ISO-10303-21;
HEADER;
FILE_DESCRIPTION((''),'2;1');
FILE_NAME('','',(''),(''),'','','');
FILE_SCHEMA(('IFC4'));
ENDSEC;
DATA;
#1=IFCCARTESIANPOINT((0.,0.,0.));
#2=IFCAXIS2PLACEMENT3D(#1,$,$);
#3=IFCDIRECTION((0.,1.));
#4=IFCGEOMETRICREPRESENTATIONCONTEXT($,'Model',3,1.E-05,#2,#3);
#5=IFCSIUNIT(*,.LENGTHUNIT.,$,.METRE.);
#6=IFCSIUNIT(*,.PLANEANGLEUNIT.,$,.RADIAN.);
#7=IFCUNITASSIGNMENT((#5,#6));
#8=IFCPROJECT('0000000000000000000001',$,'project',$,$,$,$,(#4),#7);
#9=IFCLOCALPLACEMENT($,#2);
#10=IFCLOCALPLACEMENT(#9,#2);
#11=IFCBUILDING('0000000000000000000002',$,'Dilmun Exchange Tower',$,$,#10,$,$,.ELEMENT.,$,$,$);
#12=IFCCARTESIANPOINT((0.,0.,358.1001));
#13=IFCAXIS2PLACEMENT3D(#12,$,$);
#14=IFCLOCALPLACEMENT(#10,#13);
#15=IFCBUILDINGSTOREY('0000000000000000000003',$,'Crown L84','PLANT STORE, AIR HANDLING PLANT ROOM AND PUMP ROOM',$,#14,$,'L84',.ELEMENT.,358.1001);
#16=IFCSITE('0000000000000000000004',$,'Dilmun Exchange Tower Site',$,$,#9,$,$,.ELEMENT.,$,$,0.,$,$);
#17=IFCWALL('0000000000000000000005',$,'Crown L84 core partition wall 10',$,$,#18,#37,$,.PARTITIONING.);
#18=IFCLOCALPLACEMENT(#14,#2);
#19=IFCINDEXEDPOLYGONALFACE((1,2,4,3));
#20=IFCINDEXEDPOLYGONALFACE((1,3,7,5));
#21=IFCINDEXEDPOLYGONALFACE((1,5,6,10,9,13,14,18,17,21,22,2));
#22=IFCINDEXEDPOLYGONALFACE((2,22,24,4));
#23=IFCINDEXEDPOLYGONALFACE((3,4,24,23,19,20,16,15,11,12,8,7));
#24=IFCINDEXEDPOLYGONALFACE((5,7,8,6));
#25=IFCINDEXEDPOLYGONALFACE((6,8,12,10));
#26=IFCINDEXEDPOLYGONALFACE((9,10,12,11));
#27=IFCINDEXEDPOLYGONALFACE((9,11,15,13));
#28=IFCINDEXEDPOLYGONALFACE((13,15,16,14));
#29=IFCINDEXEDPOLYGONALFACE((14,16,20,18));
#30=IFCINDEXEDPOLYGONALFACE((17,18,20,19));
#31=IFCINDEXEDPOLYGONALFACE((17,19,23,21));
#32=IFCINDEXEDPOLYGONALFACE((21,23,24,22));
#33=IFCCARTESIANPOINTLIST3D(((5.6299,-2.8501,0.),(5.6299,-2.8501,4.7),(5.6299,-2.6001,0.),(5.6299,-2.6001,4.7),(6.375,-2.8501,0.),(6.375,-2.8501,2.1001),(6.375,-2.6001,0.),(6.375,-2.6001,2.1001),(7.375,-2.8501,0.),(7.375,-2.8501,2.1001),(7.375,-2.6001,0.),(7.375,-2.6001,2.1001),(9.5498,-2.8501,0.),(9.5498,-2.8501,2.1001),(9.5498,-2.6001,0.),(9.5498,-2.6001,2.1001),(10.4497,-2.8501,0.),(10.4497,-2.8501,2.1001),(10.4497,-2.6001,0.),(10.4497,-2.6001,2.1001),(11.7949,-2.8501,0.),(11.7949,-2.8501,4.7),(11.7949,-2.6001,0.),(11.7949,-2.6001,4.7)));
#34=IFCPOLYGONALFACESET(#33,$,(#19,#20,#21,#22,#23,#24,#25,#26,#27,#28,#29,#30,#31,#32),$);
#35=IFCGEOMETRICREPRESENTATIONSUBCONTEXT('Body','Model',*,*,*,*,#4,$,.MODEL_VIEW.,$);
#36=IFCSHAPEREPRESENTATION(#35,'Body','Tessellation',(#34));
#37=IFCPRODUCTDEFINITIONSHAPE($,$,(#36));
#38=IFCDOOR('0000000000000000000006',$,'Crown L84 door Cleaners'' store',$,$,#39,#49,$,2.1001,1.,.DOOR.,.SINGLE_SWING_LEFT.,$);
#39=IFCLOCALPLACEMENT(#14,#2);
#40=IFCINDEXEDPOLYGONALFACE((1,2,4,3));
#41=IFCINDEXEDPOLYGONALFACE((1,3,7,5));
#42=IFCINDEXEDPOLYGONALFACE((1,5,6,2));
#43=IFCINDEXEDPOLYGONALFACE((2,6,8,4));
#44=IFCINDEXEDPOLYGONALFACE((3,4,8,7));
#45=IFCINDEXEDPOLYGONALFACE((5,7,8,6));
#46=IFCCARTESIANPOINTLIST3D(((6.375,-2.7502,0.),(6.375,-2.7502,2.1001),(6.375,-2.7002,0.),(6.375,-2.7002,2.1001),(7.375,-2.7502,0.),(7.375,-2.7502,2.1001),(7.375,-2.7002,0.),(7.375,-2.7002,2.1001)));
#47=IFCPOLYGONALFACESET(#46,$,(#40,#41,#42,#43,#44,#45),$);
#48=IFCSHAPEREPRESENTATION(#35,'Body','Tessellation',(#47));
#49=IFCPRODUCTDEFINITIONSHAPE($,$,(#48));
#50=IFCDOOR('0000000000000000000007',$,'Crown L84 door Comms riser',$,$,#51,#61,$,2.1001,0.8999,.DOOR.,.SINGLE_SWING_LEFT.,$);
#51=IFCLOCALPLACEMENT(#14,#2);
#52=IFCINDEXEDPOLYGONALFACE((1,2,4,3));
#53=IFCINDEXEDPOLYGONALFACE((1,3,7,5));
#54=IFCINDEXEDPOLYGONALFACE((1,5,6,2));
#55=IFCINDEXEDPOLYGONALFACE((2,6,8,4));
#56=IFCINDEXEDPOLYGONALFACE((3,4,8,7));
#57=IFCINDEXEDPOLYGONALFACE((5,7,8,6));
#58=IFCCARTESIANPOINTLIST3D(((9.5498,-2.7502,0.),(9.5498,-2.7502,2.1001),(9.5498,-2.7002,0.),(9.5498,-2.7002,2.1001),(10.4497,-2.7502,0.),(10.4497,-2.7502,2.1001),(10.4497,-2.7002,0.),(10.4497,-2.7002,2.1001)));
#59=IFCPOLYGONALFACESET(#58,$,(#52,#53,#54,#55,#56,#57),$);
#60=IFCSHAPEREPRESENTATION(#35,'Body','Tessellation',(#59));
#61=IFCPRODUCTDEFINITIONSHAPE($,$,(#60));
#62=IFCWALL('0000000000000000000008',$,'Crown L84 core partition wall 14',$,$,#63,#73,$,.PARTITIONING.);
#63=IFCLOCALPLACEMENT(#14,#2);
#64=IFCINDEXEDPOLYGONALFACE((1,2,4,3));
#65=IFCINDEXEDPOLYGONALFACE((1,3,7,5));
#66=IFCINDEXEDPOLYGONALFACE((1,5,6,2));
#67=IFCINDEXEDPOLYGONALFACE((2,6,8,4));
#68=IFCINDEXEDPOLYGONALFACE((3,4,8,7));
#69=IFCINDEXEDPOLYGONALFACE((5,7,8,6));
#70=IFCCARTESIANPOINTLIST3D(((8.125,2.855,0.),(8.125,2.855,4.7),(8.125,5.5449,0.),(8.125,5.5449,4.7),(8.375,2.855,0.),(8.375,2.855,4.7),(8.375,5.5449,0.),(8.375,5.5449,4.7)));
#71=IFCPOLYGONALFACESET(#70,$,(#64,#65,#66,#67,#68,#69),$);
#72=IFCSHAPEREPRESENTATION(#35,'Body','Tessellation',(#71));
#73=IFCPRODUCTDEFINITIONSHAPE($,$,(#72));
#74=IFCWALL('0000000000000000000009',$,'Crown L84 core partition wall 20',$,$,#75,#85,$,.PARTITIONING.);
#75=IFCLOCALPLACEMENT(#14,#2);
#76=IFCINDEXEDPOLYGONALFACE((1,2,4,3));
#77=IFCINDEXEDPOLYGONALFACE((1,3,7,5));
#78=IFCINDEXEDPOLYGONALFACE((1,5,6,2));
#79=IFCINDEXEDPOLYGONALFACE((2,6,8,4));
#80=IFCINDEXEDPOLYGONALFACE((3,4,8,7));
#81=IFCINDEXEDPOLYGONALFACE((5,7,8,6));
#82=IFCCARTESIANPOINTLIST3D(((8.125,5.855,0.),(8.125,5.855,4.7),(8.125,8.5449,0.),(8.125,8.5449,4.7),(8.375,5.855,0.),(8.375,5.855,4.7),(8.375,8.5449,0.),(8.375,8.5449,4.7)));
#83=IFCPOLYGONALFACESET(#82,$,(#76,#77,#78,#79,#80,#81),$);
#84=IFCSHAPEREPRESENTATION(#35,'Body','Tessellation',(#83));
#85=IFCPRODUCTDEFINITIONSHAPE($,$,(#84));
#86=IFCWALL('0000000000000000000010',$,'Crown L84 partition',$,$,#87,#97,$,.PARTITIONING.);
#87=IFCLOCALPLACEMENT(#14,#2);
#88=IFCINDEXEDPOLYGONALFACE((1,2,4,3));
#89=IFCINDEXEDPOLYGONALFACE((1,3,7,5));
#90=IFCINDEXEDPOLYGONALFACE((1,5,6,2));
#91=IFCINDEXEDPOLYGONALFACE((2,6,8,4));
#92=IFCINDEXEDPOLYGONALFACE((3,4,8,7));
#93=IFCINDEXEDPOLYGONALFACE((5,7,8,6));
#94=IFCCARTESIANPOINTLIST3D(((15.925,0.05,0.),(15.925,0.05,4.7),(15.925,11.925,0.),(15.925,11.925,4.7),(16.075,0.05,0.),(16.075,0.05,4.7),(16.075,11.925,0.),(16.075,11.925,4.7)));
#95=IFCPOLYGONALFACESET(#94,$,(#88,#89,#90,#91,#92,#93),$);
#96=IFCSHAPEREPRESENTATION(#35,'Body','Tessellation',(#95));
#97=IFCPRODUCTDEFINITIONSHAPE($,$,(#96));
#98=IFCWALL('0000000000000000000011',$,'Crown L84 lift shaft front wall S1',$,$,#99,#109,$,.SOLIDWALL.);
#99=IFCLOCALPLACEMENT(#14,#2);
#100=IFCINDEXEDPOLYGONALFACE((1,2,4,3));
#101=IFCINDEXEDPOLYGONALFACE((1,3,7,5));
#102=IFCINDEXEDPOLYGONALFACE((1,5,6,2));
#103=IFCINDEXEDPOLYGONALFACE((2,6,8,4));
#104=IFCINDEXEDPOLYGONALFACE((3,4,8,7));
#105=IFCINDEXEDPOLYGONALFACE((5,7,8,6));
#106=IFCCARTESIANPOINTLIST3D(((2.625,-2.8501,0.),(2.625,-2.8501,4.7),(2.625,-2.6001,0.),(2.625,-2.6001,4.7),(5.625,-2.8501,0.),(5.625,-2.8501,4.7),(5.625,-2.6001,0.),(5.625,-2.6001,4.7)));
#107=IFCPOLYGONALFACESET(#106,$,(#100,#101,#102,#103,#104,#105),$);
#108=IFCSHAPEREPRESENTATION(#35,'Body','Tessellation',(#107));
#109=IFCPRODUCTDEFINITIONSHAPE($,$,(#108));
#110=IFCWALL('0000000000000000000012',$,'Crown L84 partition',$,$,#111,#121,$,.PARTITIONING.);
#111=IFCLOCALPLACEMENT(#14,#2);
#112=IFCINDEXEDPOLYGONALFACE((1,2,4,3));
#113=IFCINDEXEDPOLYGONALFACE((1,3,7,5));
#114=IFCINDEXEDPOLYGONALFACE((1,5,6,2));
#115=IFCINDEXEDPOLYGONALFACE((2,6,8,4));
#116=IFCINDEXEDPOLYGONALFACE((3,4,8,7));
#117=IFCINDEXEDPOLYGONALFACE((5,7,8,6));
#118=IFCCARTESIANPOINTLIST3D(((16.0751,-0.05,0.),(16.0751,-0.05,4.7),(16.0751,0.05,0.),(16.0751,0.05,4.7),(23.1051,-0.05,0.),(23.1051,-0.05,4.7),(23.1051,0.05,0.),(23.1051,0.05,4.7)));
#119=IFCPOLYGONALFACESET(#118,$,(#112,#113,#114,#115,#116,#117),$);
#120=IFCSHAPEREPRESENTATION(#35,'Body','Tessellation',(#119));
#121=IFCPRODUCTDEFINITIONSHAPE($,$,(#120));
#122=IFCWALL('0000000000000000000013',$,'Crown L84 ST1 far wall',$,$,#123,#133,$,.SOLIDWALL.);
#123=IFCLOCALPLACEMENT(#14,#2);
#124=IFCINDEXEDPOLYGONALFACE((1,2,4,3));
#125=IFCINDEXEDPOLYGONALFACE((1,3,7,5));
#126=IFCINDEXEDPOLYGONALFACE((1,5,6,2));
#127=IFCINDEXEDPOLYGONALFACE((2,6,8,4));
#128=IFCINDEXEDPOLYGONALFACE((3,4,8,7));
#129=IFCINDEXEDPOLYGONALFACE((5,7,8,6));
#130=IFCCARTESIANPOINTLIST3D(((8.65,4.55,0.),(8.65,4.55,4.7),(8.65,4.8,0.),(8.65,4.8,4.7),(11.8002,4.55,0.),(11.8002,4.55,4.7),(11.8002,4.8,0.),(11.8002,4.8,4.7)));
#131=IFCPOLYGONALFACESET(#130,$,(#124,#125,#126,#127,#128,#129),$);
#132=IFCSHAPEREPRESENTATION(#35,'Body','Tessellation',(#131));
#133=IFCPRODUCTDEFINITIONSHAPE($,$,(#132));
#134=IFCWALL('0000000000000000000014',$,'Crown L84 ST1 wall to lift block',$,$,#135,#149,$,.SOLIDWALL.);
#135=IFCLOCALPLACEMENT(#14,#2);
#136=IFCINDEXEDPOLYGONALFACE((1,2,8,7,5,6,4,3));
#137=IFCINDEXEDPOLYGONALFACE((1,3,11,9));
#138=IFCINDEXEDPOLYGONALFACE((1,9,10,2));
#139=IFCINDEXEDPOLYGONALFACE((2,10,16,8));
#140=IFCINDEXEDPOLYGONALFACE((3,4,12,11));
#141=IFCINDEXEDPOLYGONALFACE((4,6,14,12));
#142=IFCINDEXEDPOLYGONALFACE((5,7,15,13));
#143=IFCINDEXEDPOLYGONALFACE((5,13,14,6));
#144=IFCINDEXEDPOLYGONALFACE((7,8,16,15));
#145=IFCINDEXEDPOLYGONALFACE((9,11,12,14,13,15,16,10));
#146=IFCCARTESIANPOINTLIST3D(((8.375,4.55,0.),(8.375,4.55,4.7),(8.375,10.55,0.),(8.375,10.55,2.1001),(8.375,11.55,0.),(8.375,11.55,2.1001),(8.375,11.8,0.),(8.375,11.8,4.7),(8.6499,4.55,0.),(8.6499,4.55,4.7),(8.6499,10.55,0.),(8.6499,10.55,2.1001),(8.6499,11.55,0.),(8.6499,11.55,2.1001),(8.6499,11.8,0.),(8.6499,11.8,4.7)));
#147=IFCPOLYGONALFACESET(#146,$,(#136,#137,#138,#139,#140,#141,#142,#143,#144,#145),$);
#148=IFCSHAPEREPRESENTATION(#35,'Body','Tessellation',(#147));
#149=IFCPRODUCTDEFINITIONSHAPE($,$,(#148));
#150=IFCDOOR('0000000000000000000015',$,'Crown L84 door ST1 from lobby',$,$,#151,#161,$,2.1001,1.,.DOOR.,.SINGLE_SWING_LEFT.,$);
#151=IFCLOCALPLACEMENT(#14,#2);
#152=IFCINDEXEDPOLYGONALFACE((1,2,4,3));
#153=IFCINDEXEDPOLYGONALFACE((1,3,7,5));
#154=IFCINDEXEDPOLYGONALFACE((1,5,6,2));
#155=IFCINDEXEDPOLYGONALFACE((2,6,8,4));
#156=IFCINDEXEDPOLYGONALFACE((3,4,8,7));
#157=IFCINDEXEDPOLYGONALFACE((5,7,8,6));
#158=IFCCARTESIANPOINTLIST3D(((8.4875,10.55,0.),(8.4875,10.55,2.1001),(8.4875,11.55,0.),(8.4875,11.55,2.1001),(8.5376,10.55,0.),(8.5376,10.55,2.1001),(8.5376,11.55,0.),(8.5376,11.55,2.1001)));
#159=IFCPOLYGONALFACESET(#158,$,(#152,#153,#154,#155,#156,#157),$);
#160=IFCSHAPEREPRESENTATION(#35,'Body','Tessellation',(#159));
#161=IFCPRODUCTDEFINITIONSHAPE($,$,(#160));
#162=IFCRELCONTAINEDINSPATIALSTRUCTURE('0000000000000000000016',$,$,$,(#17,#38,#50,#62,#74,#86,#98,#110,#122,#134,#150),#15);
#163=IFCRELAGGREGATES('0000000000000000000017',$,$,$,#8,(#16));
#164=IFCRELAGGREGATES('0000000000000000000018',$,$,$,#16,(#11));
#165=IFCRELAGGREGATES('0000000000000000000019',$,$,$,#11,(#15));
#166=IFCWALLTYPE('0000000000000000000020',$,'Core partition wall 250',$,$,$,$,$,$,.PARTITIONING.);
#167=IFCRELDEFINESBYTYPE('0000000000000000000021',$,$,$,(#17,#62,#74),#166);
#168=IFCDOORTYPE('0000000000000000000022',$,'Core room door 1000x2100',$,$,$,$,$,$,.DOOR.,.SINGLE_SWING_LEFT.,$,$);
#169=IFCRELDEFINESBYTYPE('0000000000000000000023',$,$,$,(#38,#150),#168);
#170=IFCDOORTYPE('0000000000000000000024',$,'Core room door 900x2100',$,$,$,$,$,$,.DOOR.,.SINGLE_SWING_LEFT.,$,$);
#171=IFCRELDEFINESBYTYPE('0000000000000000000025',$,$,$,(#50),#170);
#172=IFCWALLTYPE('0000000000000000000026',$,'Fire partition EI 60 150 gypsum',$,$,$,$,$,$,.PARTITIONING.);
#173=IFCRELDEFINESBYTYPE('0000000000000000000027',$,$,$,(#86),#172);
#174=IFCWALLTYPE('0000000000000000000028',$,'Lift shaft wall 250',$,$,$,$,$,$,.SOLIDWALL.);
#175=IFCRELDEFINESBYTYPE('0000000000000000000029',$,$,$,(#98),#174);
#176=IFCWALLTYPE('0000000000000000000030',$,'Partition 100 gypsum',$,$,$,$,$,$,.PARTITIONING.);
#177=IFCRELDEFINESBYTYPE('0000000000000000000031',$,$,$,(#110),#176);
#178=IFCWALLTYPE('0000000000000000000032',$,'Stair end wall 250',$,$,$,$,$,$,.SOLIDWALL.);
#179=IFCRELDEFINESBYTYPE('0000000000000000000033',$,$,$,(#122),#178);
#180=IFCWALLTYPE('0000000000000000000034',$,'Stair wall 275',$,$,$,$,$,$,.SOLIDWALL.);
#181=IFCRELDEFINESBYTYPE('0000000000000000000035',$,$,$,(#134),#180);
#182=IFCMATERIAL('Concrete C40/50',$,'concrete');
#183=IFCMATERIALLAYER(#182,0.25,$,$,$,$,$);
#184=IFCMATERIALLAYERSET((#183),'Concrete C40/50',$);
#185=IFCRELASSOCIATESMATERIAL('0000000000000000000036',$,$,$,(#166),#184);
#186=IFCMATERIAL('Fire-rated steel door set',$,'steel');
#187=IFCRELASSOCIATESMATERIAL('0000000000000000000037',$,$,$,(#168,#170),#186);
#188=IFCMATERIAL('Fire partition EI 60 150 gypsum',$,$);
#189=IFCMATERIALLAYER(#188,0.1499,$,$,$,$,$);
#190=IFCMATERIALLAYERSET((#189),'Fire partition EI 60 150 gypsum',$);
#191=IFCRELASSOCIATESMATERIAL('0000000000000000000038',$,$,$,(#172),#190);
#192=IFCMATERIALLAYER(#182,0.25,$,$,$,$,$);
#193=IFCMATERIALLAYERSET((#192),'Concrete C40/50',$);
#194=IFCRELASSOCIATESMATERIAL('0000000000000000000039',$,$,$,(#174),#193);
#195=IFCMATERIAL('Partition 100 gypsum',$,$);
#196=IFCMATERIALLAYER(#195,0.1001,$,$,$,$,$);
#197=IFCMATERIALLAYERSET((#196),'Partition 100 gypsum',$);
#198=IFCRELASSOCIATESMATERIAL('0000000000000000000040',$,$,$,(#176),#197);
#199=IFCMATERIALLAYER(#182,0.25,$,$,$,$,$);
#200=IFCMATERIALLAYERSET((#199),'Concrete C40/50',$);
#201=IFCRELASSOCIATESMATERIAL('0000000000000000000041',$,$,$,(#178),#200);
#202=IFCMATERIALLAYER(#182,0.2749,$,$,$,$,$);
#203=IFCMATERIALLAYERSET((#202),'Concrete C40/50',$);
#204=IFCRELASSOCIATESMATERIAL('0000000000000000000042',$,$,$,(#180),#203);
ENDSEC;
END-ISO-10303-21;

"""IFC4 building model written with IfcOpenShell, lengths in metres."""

from ifc_helpers import new_model, si_unit, direction, frame, frame_2d, origin, place, context, subcontext, project, spatial, rectangle, extrude, material, layer, layer_set, type_object, element, fill, save


model = new_model("IFC4")

# Units and contexts
model_context = context("Model", 3, precision=1e-05, world=origin(), true_north=direction((0.0, 1.0)))
body_context = subcontext(model_context, "Body", "Model", "MODEL_VIEW")
ifc_project = project(units=[si_unit("LENGTHUNIT", "METRE"), si_unit("PLANEANGLEUNIT", "RADIAN")], contexts=[model_context])

# Site, building, storey
site_placement = place(None, origin())
site = spatial("IfcSite", under=ifc_project, at=site_placement, Name="Dilmun Exchange Tower Site", CompositionType="ELEMENT", RefElevation=0.0)
building_placement = place(site_placement, origin())
building = spatial("IfcBuilding", under=site, at=building_placement, Name="Dilmun Exchange Tower", CompositionType="ELEMENT")
storey_placement = place(building_placement, frame((0.0, 0.0, 358.1001)))
storey = spatial("IfcBuildingStorey", under=building, at=storey_placement, Name="Crown L84", Description="PLANT STORE, AIR HANDLING PLANT ROOM AND PUMP ROOM", LongName="L84", CompositionType="ELEMENT", Elevation=358.1001)

# Shared definitions
ifc_material_1 = material(Name="Concrete C40/50", Category="concrete")

# Wall, openings, doors
ifc_layer_1 = layer(ifc_material_1, 0.25)
ifc_layer_set_1 = layer_set([ifc_layer_1], Name="Concrete C40/50")
wall_type_1 = type_object("IfcWallType", Name="Core partition wall 250", PredefinedType="PARTITIONING", material=ifc_layer_set_1)
wall_1_placement = place(storey_placement, frame((5.6299, -2.7251, 0.0), z_axis=(0.0, 0.0, 1.0), x_axis=(1.0, 0.0, 0.0)))
wall_1 = element("IfcWall", 1, at=wall_1_placement, inside=storey, type_object=wall_type_1, Name="Crown L84 core partition wall 10", PredefinedType="PARTITIONING", context=body_context, shape_type="SweptSolid", body=[
    extrude(rectangle(XDim=6.165, YDim=0.25, at=frame_2d((3.0825, 0.0))), origin(), (0.0, 0.0, 1.0), 4.7),
])
opening_1_placement = place(wall_1_placement, frame((0.7451, 0.0, 0.0)))
opening_1 = element("IfcOpeningElement", 2, at=opening_1_placement, cuts=wall_1, PredefinedType="OPENING", context=body_context, shape_type="SweptSolid", body=[
    extrude(rectangle(XDim=1.0, YDim=2.1001, at=frame_2d((0.5, 1.05))), frame((0.0, 0.135, 0.0), z_axis=(0.0, -1.0, 0.0), x_axis=(1.0, 0.0, 0.0)), (0.0, 0.0, 1.0), 0.27),
])
opening_2_placement = place(wall_1_placement, frame((3.9199, 0.0, 0.0)))
opening_2 = element("IfcOpeningElement", 3, at=opening_2_placement, cuts=wall_1, PredefinedType="OPENING", context=body_context, shape_type="SweptSolid", body=[
    extrude(rectangle(XDim=0.8999, YDim=2.1001, at=frame_2d((0.45, 1.05))), frame((0.0, 0.135, 0.0), z_axis=(0.0, -1.0, 0.0), x_axis=(1.0, 0.0, 0.0)), (0.0, 0.0, 1.0), 0.27),
])
ifc_material_2 = material(Name="Fire-rated steel door set", Category="steel")
door_type_1 = type_object("IfcDoorType", Name="Core room door 1000x2100", OperationType="SINGLE_SWING_LEFT", PredefinedType="DOOR", material=ifc_material_2)
door_1_placement = place(opening_1_placement, origin())
door_1 = element("IfcDoor", 4, at=door_1_placement, inside=storey, type_object=door_type_1, Name="Crown L84 door Cleaners' store", OperationType="SINGLE_SWING_LEFT", OverallHeight=2.1001, OverallWidth=1.0, PredefinedType="DOOR", context=body_context, shape_type="SweptSolid", body=[
    extrude(rectangle(XDim=1.0, YDim=2.1001, at=frame_2d((0.5, 1.05))), frame((0.0, 0.0249, 0.0), z_axis=(0.0, -1.0, 0.0), x_axis=(1.0, 0.0, 0.0)), (0.0, 0.0, 1.0), 0.05),
])
fill(opening_1, door_1)
door_type_2 = type_object("IfcDoorType", Name="Core room door 900x2100", OperationType="SINGLE_SWING_LEFT", PredefinedType="DOOR", material=ifc_material_2)
door_2_placement = place(opening_2_placement, origin())
door_2 = element("IfcDoor", 5, at=door_2_placement, inside=storey, type_object=door_type_2, Name="Crown L84 door Comms riser", OperationType="SINGLE_SWING_LEFT", OverallHeight=2.1001, OverallWidth=0.8999, PredefinedType="DOOR", context=body_context, shape_type="SweptSolid", body=[
    extrude(rectangle(XDim=0.8999, YDim=2.1001, at=frame_2d((0.45, 1.05))), frame((0.0, 0.0249, 0.0), z_axis=(0.0, -1.0, 0.0), x_axis=(1.0, 0.0, 0.0)), (0.0, 0.0, 1.0), 0.05),
])
fill(opening_2, door_2)

# Walls
for number, where, z_axis, x_axis, name in (
    (6, (8.25, 2.855, 0.0), (0.0, 0.0, 1.0), (0.0, 1.0, 0.0), "Crown L84 core partition wall 14"),
    (7, (8.25, 5.855, 0.0), (0.0, 0.0, 1.0), (0.0, 1.0, 0.0), "Crown L84 core partition wall 20"),
):
    element("IfcWall", number, at=place(storey_placement, frame(where, z_axis=z_axis, x_axis=x_axis)), inside=storey, type_object=wall_type_1, Name=name, PredefinedType="PARTITIONING", context=body_context, shape_type="SweptSolid", body=[
        extrude(rectangle(XDim=2.6899, YDim=0.25, at=frame_2d((1.345, 0.0))), origin(), (0.0, 0.0, 1.0), 4.7),
    ])
ifc_material_3 = material(Name="Fire partition EI 60 150 gypsum")
ifc_layer_2 = layer(ifc_material_3, 0.1499)
ifc_layer_set_2 = layer_set([ifc_layer_2], Name="Fire partition EI 60 150 gypsum")
wall_type_2 = type_object("IfcWallType", Name="Fire partition EI 60 150 gypsum", PredefinedType="PARTITIONING", material=ifc_layer_set_2)
wall_2_placement = place(storey_placement, frame((16.0, 0.05, 0.0), z_axis=(0.0, 0.0, 1.0), x_axis=(0.0, 1.0, 0.0)))
element("IfcWall", 8, at=wall_2_placement, inside=storey, type_object=wall_type_2, Name="Crown L84 partition", PredefinedType="PARTITIONING", context=body_context, shape_type="SweptSolid", body=[
    extrude(rectangle(XDim=11.875, YDim=0.1499, at=frame_2d((5.9375, 0.0))), origin(), (0.0, 0.0, 1.0), 4.7),
])
ifc_layer_3 = layer(ifc_material_1, 0.25)
ifc_layer_set_3 = layer_set([ifc_layer_3], Name="Concrete C40/50")
wall_type_3 = type_object("IfcWallType", Name="Lift shaft wall 250", PredefinedType="SOLIDWALL", material=ifc_layer_set_3)
wall_3_placement = place(storey_placement, frame((2.625, -2.7251, 0.0), z_axis=(0.0, 0.0, 1.0), x_axis=(1.0, 0.0, 0.0)))
element("IfcWall", 9, at=wall_3_placement, inside=storey, type_object=wall_type_3, Name="Crown L84 lift shaft front wall S1", PredefinedType="SOLIDWALL", context=body_context, shape_type="SweptSolid", body=[
    extrude(rectangle(XDim=3.0, YDim=0.25, at=frame_2d((1.5, 0.0))), origin(), (0.0, 0.0, 1.0), 4.7),
])
ifc_material_4 = material(Name="Partition 100 gypsum")
ifc_layer_4 = layer(ifc_material_4, 0.1001)
ifc_layer_set_4 = layer_set([ifc_layer_4], Name="Partition 100 gypsum")
wall_type_4 = type_object("IfcWallType", Name="Partition 100 gypsum", PredefinedType="PARTITIONING", material=ifc_layer_set_4)
wall_4_placement = place(storey_placement, frame((16.075, 0.0, 0.0), z_axis=(0.0, 0.0, 1.0), x_axis=(1.0, 0.0, 0.0)))
element("IfcWall", 10, at=wall_4_placement, inside=storey, type_object=wall_type_4, Name="Crown L84 partition", PredefinedType="PARTITIONING", context=body_context, shape_type="SweptSolid", body=[
    extrude(rectangle(XDim=7.03, YDim=0.1001, at=frame_2d((3.5151, 0.0))), origin(), (0.0, 0.0, 1.0), 4.7),
])
ifc_layer_5 = layer(ifc_material_1, 0.25)
ifc_layer_set_5 = layer_set([ifc_layer_5], Name="Concrete C40/50")
wall_type_5 = type_object("IfcWallType", Name="Stair end wall 250", PredefinedType="SOLIDWALL", material=ifc_layer_set_5)
wall_5_placement = place(storey_placement, frame((8.6499, 4.675, 0.0), z_axis=(0.0, 0.0, 1.0), x_axis=(1.0, 0.0, 0.0)))
element("IfcWall", 11, at=wall_5_placement, inside=storey, type_object=wall_type_5, Name="Crown L84 ST1 far wall", PredefinedType="SOLIDWALL", context=body_context, shape_type="SweptSolid", body=[
    extrude(rectangle(XDim=3.1501, YDim=0.25, at=frame_2d((1.5752, 0.0))), origin(), (0.0, 0.0, 1.0), 4.7),
])

# Wall, opening, door
ifc_layer_6 = layer(ifc_material_1, 0.2749)
ifc_layer_set_6 = layer_set([ifc_layer_6], Name="Concrete C40/50")
wall_type_6 = type_object("IfcWallType", Name="Stair wall 275", PredefinedType="SOLIDWALL", material=ifc_layer_set_6)
wall_6_placement = place(storey_placement, frame((8.5125, 4.55, 0.0), z_axis=(0.0, 0.0, 1.0), x_axis=(0.0, 1.0, 0.0)))
wall_6 = element("IfcWall", 12, at=wall_6_placement, inside=storey, type_object=wall_type_6, Name="Crown L84 ST1 wall to lift block", PredefinedType="SOLIDWALL", context=body_context, shape_type="SweptSolid", body=[
    extrude(rectangle(XDim=7.25, YDim=0.2749, at=frame_2d((3.625, 0.0))), origin(), (0.0, 0.0, 1.0), 4.7),
])
opening_3_placement = place(wall_6_placement, frame((6.0, 0.0, 0.0)))
opening_3 = element("IfcOpeningElement", 13, at=opening_3_placement, cuts=wall_6, PredefinedType="OPENING", context=body_context, shape_type="SweptSolid", body=[
    extrude(rectangle(XDim=1.0, YDim=2.1001, at=frame_2d((0.5, 1.05))), frame((0.0, 0.1475, 0.0), z_axis=(0.0, -1.0, 0.0), x_axis=(1.0, 0.0, 0.0)), (0.0, 0.0, 1.0), 0.2949),
])
door_3_placement = place(opening_3_placement, origin())
door_3 = element("IfcDoor", 14, at=door_3_placement, inside=storey, type_object=door_type_1, Name="Crown L84 door ST1 from lobby", OperationType="SINGLE_SWING_LEFT", OverallHeight=2.1001, OverallWidth=1.0, PredefinedType="DOOR", context=body_context, shape_type="SweptSolid", body=[
    extrude(rectangle(XDim=1.0, YDim=2.1001, at=frame_2d((0.5, 1.05))), frame((0.0, 0.0249, 0.0), z_axis=(0.0, -1.0, 0.0), x_axis=(1.0, 0.0, 0.0)), (0.0, 0.0, 1.0), 0.05),
])
fill(opening_3, door_3)

save(model, "model.ifc")
